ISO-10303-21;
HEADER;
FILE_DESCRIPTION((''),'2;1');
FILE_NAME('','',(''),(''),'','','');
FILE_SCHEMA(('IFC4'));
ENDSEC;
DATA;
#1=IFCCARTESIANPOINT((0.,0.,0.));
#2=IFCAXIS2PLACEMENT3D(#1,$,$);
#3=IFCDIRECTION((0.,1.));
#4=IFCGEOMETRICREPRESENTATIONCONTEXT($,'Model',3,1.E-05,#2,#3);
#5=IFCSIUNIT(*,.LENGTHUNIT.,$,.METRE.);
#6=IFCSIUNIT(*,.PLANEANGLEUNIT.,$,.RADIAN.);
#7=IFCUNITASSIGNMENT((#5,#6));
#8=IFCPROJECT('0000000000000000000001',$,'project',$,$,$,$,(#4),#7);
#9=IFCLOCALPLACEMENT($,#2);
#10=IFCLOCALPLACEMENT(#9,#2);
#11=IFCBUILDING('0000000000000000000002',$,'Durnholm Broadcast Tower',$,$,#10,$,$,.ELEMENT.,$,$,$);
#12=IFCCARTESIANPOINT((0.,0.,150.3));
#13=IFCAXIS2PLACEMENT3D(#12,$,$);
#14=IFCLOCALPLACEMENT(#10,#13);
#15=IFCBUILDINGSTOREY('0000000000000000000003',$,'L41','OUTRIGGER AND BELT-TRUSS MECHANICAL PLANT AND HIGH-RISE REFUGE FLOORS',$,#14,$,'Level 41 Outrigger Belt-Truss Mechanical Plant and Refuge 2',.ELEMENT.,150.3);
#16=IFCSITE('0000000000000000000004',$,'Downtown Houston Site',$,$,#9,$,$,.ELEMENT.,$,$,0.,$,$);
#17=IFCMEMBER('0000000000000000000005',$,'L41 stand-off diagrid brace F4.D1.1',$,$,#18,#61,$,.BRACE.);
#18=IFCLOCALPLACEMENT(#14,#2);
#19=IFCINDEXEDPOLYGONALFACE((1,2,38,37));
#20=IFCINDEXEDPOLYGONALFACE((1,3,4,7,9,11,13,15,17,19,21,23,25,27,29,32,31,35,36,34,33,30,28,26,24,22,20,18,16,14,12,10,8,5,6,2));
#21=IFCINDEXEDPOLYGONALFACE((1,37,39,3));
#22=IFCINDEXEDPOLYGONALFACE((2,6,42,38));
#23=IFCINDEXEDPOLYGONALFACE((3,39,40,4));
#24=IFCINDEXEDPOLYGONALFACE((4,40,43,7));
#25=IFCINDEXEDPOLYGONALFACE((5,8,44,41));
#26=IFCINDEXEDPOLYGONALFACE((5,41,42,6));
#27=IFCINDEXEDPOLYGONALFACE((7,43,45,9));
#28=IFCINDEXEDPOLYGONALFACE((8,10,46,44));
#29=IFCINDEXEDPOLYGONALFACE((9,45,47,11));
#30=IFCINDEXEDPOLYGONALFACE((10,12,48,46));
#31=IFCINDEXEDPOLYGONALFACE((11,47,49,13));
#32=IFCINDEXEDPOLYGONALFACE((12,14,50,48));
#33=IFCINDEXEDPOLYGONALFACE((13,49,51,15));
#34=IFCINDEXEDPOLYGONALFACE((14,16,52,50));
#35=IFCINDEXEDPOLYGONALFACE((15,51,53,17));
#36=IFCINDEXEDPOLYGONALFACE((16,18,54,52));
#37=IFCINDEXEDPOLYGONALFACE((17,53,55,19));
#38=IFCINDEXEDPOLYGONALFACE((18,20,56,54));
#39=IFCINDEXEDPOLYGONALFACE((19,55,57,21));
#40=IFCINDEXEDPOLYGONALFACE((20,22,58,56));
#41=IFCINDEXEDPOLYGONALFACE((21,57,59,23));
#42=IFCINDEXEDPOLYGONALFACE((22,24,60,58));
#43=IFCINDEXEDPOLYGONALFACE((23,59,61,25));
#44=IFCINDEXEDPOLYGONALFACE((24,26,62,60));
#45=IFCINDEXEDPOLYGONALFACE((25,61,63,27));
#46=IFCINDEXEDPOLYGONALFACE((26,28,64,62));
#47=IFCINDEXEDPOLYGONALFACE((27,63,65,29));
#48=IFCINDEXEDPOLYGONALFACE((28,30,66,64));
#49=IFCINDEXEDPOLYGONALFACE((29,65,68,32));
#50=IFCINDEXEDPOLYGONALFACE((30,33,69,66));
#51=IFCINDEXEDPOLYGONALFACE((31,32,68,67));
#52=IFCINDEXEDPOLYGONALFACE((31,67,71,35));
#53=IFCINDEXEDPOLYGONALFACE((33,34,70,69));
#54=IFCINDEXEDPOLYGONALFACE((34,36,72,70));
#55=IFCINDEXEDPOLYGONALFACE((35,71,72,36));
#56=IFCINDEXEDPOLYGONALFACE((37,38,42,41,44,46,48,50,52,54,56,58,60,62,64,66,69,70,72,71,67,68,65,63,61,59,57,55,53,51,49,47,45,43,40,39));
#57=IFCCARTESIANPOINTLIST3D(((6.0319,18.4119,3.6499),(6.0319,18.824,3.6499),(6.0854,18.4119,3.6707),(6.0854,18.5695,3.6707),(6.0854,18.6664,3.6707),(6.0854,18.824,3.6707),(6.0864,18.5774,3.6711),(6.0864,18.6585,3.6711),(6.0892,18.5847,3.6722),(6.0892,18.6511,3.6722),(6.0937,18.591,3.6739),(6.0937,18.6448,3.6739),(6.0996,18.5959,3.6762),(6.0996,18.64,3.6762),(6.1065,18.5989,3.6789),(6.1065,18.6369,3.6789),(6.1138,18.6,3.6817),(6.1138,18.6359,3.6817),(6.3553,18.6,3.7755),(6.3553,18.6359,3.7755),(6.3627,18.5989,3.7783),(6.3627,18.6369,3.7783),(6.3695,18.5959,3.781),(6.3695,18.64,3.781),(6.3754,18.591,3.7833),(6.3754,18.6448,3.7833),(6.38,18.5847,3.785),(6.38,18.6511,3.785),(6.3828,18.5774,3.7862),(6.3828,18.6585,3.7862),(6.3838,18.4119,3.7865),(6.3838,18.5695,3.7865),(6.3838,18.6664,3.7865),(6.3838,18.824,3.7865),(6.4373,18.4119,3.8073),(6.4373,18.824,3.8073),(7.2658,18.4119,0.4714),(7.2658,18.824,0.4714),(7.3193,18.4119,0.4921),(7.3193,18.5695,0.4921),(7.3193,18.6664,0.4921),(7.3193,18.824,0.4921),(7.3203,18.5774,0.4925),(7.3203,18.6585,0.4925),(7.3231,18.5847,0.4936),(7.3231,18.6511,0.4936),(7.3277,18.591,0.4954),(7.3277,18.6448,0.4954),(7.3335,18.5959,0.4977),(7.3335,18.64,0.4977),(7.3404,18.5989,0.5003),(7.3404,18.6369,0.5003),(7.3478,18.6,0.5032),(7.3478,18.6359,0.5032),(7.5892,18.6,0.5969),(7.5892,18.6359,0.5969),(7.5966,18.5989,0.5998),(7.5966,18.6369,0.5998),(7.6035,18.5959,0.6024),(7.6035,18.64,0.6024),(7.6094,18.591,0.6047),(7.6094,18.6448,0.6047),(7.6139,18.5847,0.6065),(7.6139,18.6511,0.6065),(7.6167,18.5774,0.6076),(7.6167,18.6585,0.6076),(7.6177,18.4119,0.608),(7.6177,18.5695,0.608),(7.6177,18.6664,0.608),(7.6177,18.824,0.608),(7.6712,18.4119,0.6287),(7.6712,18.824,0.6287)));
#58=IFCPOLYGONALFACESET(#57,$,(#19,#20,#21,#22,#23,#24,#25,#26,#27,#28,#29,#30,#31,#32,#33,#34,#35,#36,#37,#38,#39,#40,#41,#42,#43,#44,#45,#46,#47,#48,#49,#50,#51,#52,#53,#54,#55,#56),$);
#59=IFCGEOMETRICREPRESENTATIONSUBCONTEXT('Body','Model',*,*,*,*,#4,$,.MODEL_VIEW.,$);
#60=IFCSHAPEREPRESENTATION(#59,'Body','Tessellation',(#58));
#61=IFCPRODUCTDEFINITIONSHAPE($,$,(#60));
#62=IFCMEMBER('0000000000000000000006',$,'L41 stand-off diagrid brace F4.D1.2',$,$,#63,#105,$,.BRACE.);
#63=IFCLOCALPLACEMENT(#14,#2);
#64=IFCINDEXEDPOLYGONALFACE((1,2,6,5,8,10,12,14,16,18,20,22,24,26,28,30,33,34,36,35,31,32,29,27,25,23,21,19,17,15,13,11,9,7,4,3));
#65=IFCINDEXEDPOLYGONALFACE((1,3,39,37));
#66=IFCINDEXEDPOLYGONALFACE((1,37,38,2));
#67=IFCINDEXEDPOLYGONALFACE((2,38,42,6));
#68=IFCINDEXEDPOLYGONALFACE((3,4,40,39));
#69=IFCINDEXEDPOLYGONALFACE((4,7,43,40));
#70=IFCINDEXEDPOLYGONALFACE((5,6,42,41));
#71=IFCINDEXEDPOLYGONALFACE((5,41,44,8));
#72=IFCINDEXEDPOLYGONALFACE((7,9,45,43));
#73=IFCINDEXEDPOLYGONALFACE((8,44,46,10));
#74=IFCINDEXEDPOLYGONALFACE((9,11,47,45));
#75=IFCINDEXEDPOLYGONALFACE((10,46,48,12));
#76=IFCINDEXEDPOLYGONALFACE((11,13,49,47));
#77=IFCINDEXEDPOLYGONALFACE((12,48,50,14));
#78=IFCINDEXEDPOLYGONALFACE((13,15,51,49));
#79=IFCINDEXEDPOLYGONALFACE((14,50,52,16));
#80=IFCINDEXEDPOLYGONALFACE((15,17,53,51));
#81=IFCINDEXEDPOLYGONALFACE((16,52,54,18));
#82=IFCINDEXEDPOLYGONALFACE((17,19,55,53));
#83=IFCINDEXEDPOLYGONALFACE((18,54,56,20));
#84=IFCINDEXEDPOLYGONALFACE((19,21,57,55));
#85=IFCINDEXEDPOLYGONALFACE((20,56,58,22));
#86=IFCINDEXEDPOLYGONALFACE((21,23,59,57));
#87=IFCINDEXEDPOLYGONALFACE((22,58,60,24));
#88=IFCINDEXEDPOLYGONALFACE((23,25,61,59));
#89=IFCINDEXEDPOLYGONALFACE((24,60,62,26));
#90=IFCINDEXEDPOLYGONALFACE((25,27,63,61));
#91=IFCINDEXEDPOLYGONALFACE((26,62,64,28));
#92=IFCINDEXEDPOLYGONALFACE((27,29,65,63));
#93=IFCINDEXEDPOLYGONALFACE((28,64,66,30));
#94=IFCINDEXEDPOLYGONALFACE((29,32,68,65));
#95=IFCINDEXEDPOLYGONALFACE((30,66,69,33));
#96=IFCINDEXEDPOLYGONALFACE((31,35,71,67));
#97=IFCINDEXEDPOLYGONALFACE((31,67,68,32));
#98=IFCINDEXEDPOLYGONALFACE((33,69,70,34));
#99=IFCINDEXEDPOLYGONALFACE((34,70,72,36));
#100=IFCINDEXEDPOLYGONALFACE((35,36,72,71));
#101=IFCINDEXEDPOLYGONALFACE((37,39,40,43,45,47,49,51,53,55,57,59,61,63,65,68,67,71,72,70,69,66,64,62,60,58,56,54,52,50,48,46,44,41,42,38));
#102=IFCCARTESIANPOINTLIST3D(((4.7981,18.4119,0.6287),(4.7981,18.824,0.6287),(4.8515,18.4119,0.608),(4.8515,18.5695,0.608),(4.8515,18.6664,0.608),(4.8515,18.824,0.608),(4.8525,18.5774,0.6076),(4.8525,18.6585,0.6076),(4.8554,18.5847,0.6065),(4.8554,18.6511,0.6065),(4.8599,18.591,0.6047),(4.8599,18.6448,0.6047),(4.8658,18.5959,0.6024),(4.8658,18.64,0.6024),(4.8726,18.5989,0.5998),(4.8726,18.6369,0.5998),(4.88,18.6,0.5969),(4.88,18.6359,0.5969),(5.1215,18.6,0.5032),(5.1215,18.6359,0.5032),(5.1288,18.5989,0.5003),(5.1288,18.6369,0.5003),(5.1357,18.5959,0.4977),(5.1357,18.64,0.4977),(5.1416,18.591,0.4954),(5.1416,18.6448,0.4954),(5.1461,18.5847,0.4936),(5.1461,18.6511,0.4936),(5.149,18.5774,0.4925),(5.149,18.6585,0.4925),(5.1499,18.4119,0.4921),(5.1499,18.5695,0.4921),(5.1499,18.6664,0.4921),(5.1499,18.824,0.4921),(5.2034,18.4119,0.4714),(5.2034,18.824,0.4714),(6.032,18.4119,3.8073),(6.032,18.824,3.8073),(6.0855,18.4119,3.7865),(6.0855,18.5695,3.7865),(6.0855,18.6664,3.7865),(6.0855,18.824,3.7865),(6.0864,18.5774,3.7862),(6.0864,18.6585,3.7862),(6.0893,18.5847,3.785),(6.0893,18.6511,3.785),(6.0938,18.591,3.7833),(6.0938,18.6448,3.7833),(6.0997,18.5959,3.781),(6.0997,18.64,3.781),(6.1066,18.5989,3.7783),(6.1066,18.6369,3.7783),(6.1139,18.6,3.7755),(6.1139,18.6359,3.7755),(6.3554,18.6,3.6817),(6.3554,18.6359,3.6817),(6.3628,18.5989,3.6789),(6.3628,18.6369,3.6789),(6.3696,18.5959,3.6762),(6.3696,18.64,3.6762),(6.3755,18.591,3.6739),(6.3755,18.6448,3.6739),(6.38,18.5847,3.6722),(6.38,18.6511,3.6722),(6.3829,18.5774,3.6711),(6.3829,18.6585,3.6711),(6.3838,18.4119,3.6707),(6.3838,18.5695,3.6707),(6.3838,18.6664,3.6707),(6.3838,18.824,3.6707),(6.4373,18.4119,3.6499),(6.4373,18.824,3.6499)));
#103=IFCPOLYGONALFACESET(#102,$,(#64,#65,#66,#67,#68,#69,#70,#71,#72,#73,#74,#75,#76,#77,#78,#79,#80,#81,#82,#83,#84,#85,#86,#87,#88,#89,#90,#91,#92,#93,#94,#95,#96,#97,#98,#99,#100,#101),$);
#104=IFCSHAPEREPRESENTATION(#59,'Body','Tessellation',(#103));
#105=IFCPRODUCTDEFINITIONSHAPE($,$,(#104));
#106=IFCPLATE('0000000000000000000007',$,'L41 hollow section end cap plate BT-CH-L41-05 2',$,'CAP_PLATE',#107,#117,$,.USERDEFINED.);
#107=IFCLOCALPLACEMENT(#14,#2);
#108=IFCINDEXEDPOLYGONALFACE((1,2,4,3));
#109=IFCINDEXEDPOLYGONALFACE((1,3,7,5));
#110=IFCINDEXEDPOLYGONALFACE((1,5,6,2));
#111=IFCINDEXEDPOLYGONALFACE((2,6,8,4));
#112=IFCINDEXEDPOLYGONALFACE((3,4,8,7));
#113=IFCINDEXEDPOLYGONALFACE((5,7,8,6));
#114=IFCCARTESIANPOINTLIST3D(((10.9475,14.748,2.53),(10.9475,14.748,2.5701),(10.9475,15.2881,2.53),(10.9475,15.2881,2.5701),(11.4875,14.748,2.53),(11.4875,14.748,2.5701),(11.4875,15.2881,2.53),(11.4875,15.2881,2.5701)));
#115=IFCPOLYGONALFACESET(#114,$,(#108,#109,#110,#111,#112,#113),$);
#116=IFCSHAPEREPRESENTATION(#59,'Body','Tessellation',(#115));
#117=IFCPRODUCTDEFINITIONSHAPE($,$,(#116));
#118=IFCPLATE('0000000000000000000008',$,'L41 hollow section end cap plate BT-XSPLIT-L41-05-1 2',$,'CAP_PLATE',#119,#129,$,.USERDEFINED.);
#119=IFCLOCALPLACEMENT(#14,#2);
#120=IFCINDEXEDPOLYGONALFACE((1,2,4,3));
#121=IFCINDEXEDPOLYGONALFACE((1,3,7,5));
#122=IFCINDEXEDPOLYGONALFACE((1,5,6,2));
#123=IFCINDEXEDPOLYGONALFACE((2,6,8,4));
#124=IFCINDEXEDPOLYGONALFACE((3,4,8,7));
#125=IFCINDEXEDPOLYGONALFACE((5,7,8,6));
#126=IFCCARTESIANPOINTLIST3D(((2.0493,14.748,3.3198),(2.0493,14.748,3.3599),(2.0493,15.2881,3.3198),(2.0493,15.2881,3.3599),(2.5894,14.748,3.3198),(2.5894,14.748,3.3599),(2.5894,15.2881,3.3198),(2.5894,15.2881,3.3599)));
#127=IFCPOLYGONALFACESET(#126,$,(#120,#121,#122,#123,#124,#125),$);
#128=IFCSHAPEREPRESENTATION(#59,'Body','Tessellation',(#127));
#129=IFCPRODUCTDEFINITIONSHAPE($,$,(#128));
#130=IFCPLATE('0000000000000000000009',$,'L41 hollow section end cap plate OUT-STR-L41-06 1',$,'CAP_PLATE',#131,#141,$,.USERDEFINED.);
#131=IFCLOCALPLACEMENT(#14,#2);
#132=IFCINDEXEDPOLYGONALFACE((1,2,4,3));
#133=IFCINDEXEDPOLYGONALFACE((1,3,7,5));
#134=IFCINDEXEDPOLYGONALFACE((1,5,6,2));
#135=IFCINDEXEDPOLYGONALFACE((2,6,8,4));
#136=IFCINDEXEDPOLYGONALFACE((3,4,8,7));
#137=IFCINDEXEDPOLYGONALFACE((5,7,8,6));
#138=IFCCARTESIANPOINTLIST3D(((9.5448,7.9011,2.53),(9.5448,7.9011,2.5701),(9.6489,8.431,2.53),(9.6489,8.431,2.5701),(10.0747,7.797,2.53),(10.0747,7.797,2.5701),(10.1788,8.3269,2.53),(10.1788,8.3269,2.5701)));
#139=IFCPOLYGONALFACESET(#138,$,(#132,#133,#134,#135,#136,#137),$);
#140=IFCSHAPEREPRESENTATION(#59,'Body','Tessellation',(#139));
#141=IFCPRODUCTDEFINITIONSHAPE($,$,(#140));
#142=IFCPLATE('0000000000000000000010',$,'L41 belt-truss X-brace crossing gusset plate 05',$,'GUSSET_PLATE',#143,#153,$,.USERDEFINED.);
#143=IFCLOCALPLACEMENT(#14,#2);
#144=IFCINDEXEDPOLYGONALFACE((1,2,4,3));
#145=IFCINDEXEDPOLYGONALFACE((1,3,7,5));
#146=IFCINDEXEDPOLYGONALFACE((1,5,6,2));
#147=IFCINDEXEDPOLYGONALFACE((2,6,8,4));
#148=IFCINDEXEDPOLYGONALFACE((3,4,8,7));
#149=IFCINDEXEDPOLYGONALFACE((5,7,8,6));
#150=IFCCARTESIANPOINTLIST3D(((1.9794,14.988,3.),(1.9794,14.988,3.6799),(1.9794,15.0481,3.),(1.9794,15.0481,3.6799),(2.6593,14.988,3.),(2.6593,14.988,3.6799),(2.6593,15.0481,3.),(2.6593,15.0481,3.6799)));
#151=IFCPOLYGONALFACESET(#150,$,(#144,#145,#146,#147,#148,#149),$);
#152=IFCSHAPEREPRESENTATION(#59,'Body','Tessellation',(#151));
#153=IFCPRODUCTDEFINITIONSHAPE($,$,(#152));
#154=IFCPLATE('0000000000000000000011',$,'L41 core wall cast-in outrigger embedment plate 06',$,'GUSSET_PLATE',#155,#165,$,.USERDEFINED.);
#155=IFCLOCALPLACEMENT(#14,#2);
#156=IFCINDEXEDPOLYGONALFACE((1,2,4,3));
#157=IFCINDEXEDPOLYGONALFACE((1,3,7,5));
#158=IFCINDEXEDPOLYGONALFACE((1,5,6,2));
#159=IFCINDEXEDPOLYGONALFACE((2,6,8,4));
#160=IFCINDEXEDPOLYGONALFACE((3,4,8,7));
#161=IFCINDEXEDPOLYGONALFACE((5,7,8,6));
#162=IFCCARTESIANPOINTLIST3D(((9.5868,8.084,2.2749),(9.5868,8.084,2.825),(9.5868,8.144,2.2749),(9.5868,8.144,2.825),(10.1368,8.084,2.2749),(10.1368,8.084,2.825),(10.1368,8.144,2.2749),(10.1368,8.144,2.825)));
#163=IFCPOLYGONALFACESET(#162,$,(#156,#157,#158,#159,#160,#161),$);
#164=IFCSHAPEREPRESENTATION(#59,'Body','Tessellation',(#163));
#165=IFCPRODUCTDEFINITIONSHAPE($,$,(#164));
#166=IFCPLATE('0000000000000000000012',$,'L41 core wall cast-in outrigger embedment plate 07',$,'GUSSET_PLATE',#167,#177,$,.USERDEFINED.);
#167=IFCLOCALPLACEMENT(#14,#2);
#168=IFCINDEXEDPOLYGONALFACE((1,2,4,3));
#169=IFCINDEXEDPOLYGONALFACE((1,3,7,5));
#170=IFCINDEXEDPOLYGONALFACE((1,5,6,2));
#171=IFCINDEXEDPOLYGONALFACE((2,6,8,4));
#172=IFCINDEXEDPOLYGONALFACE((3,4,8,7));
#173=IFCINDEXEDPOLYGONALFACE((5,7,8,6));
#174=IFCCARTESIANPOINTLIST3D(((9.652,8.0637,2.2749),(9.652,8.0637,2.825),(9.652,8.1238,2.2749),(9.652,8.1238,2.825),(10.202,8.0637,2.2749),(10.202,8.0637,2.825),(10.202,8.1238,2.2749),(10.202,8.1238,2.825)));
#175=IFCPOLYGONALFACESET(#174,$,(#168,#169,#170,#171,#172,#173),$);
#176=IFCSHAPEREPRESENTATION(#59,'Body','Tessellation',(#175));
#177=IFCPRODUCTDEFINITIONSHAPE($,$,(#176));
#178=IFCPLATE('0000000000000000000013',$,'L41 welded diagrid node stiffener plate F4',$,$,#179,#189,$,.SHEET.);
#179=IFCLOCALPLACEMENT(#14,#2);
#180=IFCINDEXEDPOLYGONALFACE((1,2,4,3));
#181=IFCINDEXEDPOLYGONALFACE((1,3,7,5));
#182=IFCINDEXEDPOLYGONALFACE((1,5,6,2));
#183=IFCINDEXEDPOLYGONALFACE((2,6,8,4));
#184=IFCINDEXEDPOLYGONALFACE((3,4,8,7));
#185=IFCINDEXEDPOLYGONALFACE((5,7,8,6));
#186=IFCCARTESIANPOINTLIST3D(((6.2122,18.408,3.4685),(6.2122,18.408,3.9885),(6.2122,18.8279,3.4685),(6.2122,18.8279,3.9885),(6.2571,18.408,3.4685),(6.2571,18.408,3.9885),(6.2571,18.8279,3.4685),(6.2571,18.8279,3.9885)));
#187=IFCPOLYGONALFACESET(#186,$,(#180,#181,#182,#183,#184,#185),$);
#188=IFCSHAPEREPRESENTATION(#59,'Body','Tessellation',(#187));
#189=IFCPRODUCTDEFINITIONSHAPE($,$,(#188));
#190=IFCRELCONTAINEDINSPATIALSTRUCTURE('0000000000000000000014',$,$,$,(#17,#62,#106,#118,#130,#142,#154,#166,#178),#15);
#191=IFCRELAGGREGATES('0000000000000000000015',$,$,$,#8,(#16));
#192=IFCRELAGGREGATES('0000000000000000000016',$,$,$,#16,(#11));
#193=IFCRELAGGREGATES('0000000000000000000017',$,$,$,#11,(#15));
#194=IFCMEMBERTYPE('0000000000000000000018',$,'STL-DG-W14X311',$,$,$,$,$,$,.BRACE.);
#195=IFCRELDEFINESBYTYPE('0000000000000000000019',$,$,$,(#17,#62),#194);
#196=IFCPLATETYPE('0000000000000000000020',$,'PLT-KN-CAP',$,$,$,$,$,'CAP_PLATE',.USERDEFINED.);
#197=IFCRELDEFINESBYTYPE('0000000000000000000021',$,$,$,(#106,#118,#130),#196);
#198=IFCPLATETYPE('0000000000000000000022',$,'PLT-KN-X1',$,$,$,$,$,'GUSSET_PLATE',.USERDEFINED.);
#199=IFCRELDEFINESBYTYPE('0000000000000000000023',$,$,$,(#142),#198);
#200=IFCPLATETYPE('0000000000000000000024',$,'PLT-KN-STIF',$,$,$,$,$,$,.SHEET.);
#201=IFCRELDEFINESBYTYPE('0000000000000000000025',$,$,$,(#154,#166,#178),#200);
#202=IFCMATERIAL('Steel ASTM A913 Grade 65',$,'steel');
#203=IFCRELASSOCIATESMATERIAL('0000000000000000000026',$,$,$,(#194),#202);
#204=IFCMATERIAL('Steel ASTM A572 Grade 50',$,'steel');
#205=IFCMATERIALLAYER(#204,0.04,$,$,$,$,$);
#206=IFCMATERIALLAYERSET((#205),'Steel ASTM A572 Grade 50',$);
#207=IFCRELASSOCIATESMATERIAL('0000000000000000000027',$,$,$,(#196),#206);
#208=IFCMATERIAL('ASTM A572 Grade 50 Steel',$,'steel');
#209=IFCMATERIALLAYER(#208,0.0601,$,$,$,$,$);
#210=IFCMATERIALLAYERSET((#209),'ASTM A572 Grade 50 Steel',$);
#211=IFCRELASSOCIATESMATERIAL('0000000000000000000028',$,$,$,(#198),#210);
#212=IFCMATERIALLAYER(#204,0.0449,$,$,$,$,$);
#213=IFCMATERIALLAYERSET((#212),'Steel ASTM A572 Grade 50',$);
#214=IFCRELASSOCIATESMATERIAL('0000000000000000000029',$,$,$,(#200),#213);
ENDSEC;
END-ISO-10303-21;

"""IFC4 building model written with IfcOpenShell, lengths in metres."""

from ifc_helpers import new_model, si_unit, direction, frame, origin, origin_2d, place, context, subcontext, project, spatial, rectangle, i_section, extrude, source, transform, mapped, material, layer, layer_set, material_profile, profile_set, type_object, type_shapes, element, save


model = new_model("IFC4")

# Units and contexts
model_context = context("Model", 3, precision=1e-05, world=origin(), true_north=direction((0.0, 1.0)))
body_context = subcontext(model_context, "Body", "Model", "MODEL_VIEW")
ifc_project = project(units=[si_unit("LENGTHUNIT", "METRE"), si_unit("PLANEANGLEUNIT", "RADIAN")], contexts=[model_context])

# Site, building, storey
site_placement = place(None, origin())
site = spatial("IfcSite", under=ifc_project, at=site_placement, Name="Downtown Houston Site", CompositionType="ELEMENT", RefElevation=0.0)
building_placement = place(site_placement, origin())
building = spatial("IfcBuilding", under=site, at=building_placement, Name="Durnholm Broadcast Tower", CompositionType="ELEMENT")
storey_placement = place(building_placement, frame((0.0, 0.0, 150.3)))
storey = spatial("IfcBuildingStorey", under=building, at=storey_placement, Name="L41", Description="OUTRIGGER AND BELT-TRUSS MECHANICAL PLANT AND HIGH-RISE REFUGE FLOORS", LongName="Level 41 Outrigger Belt-Truss Mechanical Plant and Refuge 2", CompositionType="ELEMENT", Elevation=150.3)

# Members
ifc_material_1 = material(Name="Steel ASTM A913 Grade 65", Category="steel")
ifc_material_profile_1 = material_profile(ifc_material_1, i_section(OverallWidth=0.4121, OverallDepth=0.4348, WebThickness=0.0359, FlangeThickness=0.0574, FilletRadius=0.0305, at=origin_2d()), Name="W14X311")
ifc_profile_set_1 = profile_set([ifc_material_profile_1], Name="Steel ASTM A913 Grade 65")
member_type_1 = type_object("IfcMemberType", Name="STL-DG-W14X311", PredefinedType="BRACE", material=ifc_profile_set_1)
shared_shape_1 = source(origin(), body_context, "Body", "SweptSolid", [
    extrude(i_section(OverallWidth=0.4121, OverallDepth=0.4348, WebThickness=0.0359, FlangeThickness=0.0574, FilletRadius=0.0305, at=origin_2d()), origin(), (0.0, 0.0, 1.0), 3.4097),
])
type_shapes(member_type_1, [shared_shape_1])
for number, where, z_axis, x_axis, name in (
    (1, (7.4685, 18.6179, 0.55), (-0.36189, 0.0, 0.932221), (0.0, -1.0, 0.0), "L41 stand-off diagrid brace F4.D1.1"),
    (2, (5.0007, 18.6179, 0.55), (0.36189, 0.0, 0.932221), (0.0, 1.0, 0.0), "L41 stand-off diagrid brace F4.D1.2"),
):
    element("IfcMember", number, at=place(storey_placement, frame(where, z_axis=z_axis, x_axis=x_axis)), inside=storey, type_object=member_type_1, Name=name, PredefinedType="BRACE", context=body_context, shape_type="MappedRepresentation", body=[
        mapped(shared_shape_1, transform((0.0, 0.0, 0.0), x_axis=(1.0, 0.0, 0.0), y_axis=(0.0, 1.0, 0.0), z_axis=(0.0, 0.0, 1.0), scale=1.0)),
    ])

# Plates
ifc_material_2 = material(Name="Steel ASTM A572 Grade 50", Category="steel")
ifc_layer_1 = layer(ifc_material_2, 0.04)
ifc_layer_set_1 = layer_set([ifc_layer_1], Name="Steel ASTM A572 Grade 50")
plate_type_1 = type_object("IfcPlateType", Name="PLT-KN-CAP", ElementType="CAP_PLATE", PredefinedType="USERDEFINED", material=ifc_layer_set_1)
shared_shape_2 = source(origin(), body_context, "Body", "SweptSolid", [
    extrude(rectangle(XDim=0.54, YDim=0.54, at=origin_2d()), origin(), (0.0, 0.0, 1.0), 0.04),
])
type_shapes(plate_type_1, [shared_shape_2])
for number, where, z_axis, x_axis, name in (
    (3, (11.2175, 15.0181, 2.53), (0.0, 0.0, 1.0), (1.0, 0.0, 0.0), "L41 hollow section end cap plate BT-CH-L41-05 2"),
    (4, (2.3193, 15.0181, 3.3198), (0.0, 0.0, 1.0), (-1.0, 0.0, 0.0), "L41 hollow section end cap plate BT-XSPLIT-L41-05-1 2"),
    (5, (9.8618, 8.114, 2.53), (0.0, 0.0, 1.0), (0.192693, 0.981259, 0.0), "L41 hollow section end cap plate OUT-STR-L41-06 1"),
):
    element("IfcPlate", number, at=place(storey_placement, frame(where, z_axis=z_axis, x_axis=x_axis)), inside=storey, type_object=plate_type_1, Name=name, ObjectType="CAP_PLATE", PredefinedType="USERDEFINED", context=body_context, shape_type="MappedRepresentation", body=[
        mapped(shared_shape_2, transform((0.0, 0.0, 0.0), x_axis=(1.0, 0.0, 0.0), y_axis=(0.0, 1.0, 0.0), z_axis=(0.0, 0.0, 1.0), scale=1.0)),
    ])
ifc_material_3 = material(Name="ASTM A572 Grade 50 Steel", Category="steel")
ifc_layer_2 = layer(ifc_material_3, 0.0601)
ifc_layer_set_2 = layer_set([ifc_layer_2], Name="ASTM A572 Grade 50 Steel")
plate_type_2 = type_object("IfcPlateType", Name="PLT-KN-X1", ElementType="GUSSET_PLATE", PredefinedType="USERDEFINED", material=ifc_layer_set_2)
shared_shape_3 = source(origin(), body_context, "Body", "SweptSolid", [
    extrude(rectangle(XDim=0.6799, YDim=0.0601, at=origin_2d()), origin(), (0.0, 0.0, 1.0), 0.6799),
])
type_shapes(plate_type_2, [shared_shape_3])
plate_1_placement = place(storey_placement, frame((2.3193, 15.0181, 3.0), z_axis=(0.0, 0.0, 1.0), x_axis=(1.0, 0.0, 0.0)))
element("IfcPlate", 6, at=plate_1_placement, inside=storey, type_object=plate_type_2, Name="L41 belt-truss X-brace crossing gusset plate 05", ObjectType="GUSSET_PLATE", PredefinedType="USERDEFINED", context=body_context, shape_type="MappedRepresentation", body=[
    mapped(shared_shape_3, transform((0.0, 0.0, 0.0), x_axis=(1.0, 0.0, 0.0), y_axis=(0.0, 1.0, 0.0), z_axis=(0.0, 0.0, 1.0), scale=1.0)),
])
ifc_layer_3 = layer(ifc_material_2, 0.0449)
ifc_layer_set_3 = layer_set([ifc_layer_3], Name="Steel ASTM A572 Grade 50")
plate_type_3 = type_object("IfcPlateType", Name="PLT-KN-STIF", PredefinedType="SHEET", material=ifc_layer_set_3)
shared_shape_4 = source(origin(), body_context, "Body", "SweptSolid", [
    extrude(rectangle(XDim=0.55, YDim=0.0601, at=origin_2d()), origin(), (0.0, 0.0, 1.0), 0.55),
])
for number, where, z_axis, x_axis, name in (
    (7, (9.8618, 8.114, 2.2749), (0.0, 0.0, 1.0), (1.0, 0.0, 0.0), "L41 core wall cast-in outrigger embedment plate 06"),
    (8, (9.927, 8.0938, 2.2749), (0.0, 0.0, 1.0), (1.0, 0.0, 0.0), "L41 core wall cast-in outrigger embedment plate 07"),
):
    element("IfcPlate", number, at=place(storey_placement, frame(where, z_axis=z_axis, x_axis=x_axis)), inside=storey, type_object=plate_type_3, Name=name, ObjectType="GUSSET_PLATE", PredefinedType="USERDEFINED", context=body_context, shape_type="MappedRepresentation", body=[
        mapped(shared_shape_4, transform((0.0, 0.0, 0.0), x_axis=(1.0, 0.0, 0.0), y_axis=(0.0, 1.0, 0.0), z_axis=(0.0, 0.0, 1.0), scale=1.0)),
    ])
shared_shape_5 = source(origin(), body_context, "Body", "SweptSolid", [
    extrude(rectangle(XDim=0.0449, YDim=0.4199, at=origin_2d()), origin(), (0.0, 0.0, 1.0), 0.52),
])
type_shapes(plate_type_3, [shared_shape_4, shared_shape_5])
plate_2_placement = place(storey_placement, frame((6.2346, 18.6179, 3.4685), z_axis=(0.0, 0.0, 1.0), x_axis=(-1.0, 0.0, 0.0)))
element("IfcPlate", 9, at=plate_2_placement, inside=storey, type_object=plate_type_3, Name="L41 welded diagrid node stiffener plate F4", PredefinedType="SHEET", context=body_context, shape_type="MappedRepresentation", body=[
    mapped(shared_shape_5, transform((0.0, 0.0, 0.0), x_axis=(1.0, 0.0, 0.0), y_axis=(0.0, 1.0, 0.0), z_axis=(0.0, 0.0, 1.0), scale=1.0)),
])

save(model, "model.ifc")
